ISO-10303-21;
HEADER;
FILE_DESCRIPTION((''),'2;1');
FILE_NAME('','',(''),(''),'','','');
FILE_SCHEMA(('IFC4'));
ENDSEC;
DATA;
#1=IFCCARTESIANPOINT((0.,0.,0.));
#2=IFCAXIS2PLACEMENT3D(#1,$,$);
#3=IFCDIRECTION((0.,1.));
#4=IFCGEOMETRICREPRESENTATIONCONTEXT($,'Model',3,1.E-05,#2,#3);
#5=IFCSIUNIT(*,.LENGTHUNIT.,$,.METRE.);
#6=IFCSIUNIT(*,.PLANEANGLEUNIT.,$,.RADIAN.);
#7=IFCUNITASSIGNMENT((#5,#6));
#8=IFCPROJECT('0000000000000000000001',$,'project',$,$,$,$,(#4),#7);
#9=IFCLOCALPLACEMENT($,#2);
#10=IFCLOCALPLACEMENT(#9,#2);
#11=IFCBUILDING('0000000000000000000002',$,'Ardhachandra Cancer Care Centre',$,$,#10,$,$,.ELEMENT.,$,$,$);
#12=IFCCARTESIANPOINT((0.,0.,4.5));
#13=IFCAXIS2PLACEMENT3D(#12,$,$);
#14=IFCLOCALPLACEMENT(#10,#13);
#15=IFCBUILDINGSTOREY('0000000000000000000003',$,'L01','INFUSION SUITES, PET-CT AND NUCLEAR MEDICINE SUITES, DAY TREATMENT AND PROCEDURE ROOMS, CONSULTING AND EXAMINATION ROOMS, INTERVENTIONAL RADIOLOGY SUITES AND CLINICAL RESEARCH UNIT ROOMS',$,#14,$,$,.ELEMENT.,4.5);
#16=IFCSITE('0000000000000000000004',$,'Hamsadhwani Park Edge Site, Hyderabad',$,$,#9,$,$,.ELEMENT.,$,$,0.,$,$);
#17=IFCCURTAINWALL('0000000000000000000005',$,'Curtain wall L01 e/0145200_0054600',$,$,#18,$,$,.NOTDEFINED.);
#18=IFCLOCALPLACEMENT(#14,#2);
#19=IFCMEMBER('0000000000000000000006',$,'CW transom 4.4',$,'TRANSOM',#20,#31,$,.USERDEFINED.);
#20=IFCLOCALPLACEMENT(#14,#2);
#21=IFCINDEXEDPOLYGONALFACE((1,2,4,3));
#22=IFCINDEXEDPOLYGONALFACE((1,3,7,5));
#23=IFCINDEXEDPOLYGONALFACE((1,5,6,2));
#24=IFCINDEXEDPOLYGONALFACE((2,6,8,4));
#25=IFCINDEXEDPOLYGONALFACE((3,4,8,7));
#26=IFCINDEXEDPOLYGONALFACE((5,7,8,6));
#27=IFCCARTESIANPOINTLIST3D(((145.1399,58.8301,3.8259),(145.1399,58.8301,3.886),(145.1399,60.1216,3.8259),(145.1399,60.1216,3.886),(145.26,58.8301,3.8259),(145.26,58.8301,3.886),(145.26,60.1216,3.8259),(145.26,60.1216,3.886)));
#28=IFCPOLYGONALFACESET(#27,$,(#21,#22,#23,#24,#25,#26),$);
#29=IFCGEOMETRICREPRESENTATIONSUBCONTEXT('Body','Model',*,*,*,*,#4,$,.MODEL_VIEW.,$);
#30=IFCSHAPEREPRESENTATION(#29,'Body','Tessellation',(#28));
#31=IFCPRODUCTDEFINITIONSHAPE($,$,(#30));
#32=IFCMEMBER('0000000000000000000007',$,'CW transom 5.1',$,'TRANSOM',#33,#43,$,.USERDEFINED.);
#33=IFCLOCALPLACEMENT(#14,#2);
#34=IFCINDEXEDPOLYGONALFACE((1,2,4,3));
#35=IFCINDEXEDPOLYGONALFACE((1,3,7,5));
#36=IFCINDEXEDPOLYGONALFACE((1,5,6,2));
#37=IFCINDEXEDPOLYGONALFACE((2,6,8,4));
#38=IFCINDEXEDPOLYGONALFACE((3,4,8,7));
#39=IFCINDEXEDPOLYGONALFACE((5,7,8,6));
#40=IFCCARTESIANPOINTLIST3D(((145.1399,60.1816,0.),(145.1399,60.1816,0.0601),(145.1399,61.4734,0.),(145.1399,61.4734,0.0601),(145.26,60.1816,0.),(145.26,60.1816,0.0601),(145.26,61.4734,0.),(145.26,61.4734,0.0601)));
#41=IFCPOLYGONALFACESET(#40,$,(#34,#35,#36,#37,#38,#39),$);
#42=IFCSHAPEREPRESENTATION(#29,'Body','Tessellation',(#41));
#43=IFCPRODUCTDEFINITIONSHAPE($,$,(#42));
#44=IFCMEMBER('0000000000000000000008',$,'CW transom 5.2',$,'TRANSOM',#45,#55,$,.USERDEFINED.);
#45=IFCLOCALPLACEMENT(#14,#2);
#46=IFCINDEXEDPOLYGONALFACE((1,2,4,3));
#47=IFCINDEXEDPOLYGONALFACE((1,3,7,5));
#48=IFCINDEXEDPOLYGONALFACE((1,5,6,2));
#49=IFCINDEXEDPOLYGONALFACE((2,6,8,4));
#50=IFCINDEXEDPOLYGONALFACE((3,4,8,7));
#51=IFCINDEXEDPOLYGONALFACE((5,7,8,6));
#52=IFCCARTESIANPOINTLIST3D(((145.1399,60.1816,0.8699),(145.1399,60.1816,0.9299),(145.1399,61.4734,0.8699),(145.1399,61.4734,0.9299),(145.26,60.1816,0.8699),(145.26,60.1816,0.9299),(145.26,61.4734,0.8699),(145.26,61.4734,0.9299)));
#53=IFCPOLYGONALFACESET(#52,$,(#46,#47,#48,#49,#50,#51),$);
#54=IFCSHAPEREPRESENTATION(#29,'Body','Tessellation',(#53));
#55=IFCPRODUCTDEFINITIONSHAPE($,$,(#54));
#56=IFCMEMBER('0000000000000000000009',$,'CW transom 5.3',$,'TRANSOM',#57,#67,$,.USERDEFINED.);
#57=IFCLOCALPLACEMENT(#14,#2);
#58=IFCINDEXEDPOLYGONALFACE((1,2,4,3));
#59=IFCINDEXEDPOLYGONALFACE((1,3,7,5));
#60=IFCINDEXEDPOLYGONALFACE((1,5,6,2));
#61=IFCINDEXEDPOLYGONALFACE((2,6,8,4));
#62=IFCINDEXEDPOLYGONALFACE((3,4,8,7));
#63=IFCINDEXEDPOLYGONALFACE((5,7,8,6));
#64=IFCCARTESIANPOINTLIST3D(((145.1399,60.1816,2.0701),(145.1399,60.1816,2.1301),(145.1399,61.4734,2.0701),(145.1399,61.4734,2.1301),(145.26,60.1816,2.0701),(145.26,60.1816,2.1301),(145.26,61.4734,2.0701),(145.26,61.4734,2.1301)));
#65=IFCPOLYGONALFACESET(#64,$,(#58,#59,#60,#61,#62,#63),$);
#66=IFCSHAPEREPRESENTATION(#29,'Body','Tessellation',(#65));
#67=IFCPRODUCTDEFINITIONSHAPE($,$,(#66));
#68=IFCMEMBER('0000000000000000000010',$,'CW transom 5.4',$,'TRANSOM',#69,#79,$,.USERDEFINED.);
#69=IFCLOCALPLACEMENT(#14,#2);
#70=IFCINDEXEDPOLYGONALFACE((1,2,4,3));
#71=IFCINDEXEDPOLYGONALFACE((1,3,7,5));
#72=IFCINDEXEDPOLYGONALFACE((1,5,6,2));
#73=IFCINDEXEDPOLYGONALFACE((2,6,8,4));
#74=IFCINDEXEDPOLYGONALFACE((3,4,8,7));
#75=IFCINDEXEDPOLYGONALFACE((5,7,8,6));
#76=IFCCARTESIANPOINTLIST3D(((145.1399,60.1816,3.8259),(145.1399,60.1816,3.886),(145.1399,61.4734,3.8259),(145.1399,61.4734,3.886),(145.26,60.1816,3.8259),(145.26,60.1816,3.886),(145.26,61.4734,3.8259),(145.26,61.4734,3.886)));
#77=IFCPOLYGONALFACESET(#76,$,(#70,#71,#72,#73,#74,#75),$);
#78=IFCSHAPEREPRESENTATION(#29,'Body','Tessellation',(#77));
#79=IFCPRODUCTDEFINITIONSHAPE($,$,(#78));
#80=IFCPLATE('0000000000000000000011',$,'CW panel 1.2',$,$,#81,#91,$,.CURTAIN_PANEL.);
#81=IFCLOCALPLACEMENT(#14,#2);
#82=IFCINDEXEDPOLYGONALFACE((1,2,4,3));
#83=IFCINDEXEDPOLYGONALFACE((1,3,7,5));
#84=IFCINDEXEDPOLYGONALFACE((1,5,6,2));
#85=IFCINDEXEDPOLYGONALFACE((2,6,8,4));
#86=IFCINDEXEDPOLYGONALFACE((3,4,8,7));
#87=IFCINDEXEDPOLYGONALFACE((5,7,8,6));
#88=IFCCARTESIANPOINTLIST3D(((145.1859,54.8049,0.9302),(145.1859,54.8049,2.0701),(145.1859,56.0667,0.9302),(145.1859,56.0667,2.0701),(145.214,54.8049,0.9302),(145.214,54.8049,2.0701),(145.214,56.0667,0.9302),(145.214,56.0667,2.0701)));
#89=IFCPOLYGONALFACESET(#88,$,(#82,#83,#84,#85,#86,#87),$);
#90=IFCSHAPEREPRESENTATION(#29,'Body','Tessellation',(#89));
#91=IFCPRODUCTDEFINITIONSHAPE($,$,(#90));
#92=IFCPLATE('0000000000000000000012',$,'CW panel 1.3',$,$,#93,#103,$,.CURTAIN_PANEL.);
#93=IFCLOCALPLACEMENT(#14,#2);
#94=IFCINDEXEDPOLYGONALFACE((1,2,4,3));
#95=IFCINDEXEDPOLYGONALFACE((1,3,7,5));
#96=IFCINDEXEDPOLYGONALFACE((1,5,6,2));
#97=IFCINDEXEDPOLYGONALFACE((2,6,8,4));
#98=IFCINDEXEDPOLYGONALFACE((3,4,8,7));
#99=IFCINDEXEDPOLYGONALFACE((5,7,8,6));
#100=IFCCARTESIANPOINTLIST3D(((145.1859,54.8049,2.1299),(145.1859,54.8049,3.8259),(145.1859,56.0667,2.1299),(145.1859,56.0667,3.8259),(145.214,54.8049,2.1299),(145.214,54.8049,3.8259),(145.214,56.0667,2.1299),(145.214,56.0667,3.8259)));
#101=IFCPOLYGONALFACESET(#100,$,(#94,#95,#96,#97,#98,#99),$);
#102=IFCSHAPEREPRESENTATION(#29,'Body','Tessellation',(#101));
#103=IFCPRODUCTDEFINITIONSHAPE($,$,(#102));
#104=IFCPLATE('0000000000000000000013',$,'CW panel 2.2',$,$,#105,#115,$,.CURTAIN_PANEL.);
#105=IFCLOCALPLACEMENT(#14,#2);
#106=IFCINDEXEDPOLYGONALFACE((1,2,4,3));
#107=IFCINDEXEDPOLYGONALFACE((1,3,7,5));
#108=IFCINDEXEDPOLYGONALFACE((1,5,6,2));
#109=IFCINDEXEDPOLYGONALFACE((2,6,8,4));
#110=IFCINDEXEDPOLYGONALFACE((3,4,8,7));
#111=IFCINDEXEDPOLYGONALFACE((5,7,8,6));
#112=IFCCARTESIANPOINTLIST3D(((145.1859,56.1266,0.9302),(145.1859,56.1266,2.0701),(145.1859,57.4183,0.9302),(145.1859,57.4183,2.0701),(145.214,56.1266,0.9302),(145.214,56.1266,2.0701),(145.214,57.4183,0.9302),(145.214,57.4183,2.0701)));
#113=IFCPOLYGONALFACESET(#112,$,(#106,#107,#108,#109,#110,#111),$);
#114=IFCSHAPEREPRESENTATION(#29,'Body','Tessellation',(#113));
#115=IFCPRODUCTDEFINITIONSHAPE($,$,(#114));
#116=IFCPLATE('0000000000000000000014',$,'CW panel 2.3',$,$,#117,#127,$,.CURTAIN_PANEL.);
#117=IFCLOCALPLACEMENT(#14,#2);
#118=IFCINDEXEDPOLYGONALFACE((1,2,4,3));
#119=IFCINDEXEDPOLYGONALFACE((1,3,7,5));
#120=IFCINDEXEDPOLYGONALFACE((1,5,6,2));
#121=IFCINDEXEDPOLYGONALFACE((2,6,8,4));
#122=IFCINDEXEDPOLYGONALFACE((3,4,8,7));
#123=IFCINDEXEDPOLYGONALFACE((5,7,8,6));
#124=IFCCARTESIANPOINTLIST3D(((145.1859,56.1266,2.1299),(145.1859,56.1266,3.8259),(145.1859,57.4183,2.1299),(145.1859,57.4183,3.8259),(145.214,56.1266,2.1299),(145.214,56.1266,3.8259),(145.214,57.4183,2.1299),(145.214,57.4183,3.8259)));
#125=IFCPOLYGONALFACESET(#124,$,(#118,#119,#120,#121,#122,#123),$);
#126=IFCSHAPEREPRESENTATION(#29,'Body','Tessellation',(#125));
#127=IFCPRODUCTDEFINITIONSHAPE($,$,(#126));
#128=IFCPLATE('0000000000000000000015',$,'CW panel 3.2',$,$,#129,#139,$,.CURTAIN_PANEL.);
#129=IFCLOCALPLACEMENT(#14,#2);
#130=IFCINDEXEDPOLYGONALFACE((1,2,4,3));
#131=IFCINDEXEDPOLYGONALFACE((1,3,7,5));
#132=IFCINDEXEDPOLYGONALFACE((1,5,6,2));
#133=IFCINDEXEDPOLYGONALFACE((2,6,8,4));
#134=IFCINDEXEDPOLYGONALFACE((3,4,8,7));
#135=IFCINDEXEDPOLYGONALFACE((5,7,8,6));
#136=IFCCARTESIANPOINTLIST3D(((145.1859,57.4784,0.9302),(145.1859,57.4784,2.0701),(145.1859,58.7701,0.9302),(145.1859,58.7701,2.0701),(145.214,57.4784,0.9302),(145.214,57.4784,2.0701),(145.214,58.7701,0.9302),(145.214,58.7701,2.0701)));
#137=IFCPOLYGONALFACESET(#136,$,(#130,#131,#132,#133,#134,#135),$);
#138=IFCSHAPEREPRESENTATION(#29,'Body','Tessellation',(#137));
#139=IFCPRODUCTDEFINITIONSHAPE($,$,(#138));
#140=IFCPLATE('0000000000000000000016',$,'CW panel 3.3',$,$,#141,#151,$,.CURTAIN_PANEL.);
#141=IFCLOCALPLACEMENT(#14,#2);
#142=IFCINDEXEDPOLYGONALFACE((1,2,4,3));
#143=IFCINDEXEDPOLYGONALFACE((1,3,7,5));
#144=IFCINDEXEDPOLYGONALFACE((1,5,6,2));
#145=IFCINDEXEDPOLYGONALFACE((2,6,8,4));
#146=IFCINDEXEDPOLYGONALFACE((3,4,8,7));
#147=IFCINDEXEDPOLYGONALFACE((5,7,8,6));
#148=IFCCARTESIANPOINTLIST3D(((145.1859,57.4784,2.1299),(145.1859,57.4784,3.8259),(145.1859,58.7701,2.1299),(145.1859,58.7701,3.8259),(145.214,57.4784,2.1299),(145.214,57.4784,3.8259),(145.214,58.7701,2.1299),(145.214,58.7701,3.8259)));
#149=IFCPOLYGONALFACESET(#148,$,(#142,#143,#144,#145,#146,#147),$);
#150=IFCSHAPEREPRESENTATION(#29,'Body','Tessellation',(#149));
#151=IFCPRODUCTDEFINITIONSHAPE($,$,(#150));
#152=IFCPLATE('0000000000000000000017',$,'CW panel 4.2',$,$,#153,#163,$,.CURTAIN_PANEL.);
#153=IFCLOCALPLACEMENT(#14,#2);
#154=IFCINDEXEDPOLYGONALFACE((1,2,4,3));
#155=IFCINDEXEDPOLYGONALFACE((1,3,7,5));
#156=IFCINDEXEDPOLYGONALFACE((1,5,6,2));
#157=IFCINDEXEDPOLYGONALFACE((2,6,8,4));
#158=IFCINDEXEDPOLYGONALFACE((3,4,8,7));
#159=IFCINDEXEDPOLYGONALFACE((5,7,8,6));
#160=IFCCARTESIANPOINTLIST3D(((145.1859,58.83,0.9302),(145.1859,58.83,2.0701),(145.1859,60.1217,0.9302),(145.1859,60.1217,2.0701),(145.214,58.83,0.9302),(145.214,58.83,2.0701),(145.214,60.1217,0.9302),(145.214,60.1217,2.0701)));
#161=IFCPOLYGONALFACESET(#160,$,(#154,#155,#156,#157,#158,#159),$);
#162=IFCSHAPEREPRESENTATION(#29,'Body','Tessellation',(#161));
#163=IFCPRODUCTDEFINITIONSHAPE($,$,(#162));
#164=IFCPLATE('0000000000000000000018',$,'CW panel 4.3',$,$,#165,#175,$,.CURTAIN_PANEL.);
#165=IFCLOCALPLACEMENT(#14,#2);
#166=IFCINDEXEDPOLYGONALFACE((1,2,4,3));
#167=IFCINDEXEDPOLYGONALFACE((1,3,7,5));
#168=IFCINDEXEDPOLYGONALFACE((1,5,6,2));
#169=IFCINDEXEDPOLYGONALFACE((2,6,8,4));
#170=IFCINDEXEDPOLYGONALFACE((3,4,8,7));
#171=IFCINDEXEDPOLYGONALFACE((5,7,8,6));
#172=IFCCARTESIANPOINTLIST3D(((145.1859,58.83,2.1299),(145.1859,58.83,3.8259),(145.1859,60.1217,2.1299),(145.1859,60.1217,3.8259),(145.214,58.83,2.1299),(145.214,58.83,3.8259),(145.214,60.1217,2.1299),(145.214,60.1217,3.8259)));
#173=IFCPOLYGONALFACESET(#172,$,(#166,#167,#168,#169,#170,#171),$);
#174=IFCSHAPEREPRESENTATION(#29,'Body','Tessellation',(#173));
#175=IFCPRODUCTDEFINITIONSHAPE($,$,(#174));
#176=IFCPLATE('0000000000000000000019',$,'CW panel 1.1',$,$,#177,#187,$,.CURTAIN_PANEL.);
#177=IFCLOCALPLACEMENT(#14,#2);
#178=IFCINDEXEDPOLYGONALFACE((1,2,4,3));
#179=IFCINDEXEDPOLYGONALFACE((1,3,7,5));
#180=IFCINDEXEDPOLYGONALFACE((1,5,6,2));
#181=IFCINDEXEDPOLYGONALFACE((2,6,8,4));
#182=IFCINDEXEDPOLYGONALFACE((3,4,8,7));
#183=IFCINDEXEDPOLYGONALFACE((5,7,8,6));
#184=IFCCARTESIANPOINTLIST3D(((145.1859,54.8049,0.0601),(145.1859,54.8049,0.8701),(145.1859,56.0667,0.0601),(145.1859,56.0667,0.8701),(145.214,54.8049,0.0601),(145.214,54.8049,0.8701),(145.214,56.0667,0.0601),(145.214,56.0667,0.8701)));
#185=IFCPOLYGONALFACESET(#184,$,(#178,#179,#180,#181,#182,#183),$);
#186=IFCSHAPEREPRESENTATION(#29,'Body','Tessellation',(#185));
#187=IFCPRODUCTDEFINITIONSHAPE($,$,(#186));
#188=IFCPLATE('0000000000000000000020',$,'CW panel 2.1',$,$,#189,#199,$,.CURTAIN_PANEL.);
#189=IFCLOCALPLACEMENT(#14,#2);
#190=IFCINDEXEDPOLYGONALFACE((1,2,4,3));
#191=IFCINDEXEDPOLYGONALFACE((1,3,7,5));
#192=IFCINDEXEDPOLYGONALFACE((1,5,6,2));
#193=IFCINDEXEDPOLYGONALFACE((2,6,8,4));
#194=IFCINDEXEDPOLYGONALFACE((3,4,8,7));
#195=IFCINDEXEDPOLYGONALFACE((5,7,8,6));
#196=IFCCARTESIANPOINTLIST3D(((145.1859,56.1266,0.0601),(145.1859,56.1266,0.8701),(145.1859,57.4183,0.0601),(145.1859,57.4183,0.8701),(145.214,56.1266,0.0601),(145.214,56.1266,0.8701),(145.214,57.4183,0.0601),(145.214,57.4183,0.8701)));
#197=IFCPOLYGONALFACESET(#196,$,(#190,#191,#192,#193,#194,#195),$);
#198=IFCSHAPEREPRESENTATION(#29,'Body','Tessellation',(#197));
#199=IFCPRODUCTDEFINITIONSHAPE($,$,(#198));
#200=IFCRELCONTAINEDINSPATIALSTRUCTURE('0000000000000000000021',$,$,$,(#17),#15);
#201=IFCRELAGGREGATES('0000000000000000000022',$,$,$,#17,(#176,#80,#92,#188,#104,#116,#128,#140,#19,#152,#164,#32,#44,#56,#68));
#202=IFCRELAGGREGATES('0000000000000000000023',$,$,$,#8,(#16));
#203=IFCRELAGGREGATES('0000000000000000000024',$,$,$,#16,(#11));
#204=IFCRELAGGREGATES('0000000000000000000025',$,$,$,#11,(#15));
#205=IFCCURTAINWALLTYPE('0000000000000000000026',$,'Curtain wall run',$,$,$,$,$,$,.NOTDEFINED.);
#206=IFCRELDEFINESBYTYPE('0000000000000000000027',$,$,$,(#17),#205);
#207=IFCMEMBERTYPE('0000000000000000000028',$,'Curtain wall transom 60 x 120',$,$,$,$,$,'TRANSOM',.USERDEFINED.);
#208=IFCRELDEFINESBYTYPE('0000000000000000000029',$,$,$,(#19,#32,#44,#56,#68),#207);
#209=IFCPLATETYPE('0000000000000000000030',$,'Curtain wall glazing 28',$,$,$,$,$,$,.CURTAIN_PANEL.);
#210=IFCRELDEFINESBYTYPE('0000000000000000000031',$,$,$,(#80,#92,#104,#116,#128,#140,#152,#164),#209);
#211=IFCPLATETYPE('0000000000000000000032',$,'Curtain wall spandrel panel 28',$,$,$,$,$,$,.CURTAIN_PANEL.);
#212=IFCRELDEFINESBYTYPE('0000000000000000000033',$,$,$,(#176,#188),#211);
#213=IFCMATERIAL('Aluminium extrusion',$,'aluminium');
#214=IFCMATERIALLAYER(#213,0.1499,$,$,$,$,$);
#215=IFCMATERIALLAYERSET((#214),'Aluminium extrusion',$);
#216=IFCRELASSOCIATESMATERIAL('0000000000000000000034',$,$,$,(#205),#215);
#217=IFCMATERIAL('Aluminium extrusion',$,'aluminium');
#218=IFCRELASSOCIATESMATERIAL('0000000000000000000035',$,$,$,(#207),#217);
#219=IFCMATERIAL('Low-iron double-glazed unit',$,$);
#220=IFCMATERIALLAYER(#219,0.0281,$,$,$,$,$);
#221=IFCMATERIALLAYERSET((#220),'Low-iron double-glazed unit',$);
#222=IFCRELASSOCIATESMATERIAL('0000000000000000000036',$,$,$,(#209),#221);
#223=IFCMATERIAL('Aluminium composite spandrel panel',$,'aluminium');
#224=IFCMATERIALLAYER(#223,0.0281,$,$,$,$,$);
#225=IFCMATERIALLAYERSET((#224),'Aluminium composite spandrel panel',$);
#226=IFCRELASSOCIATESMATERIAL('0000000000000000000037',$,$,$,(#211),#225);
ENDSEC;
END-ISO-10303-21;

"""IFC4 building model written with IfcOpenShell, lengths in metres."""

from ifc_helpers import new_model, si_unit, direction, frame, origin, origin_2d, place, context, subcontext, project, spatial, rectangle, extrude, material, layer, layer_set, material_profile, profile_set, type_object, element, aggregate, save


model = new_model("IFC4")

# Units and contexts
model_context = context("Model", 3, precision=1e-05, world=origin(), true_north=direction((0.0, 1.0)))
body_context = subcontext(model_context, "Body", "Model", "MODEL_VIEW")
ifc_project = project(units=[si_unit("LENGTHUNIT", "METRE"), si_unit("PLANEANGLEUNIT", "RADIAN")], contexts=[model_context])

# Site, building, storey
site_placement = place(None, origin())
site = spatial("IfcSite", under=ifc_project, at=site_placement, Name="Hamsadhwani Park Edge Site, Hyderabad", CompositionType="ELEMENT", RefElevation=0.0)
building_placement = place(site_placement, origin())
building = spatial("IfcBuilding", under=site, at=building_placement, Name="Ardhachandra Cancer Care Centre", CompositionType="ELEMENT")
storey_placement = place(building_placement, frame((0.0, 0.0, 4.5)))
storey = spatial("IfcBuildingStorey", under=building, at=storey_placement, Name="L01", Description="INFUSION SUITES, PET-CT AND NUCLEAR MEDICINE SUITES, DAY TREATMENT AND PROCEDURE ROOMS, CONSULTING AND EXAMINATION ROOMS, INTERVENTIONAL RADIOLOGY SUITES AND CLINICAL RESEARCH UNIT ROOMS", CompositionType="ELEMENT", Elevation=4.5)

# Curtain wall, members, plates
ifc_material_1 = material(Name="Aluminium extrusion", Category="aluminium")
ifc_layer_1 = layer(ifc_material_1, 0.1499)
ifc_layer_set_1 = layer_set([ifc_layer_1], Name="Aluminium extrusion")
curtain_wall_type = type_object("IfcCurtainWallType", Name="Curtain wall run", PredefinedType="NOTDEFINED", material=ifc_layer_set_1)
curtain_wall_placement = place(storey_placement, origin())
curtain_wall = element("IfcCurtainWall", 1, at=curtain_wall_placement, inside=storey, type_object=curtain_wall_type, Name="Curtain wall L01 e/0145200_0054600", PredefinedType="NOTDEFINED")
ifc_material_2 = material(Name="Aluminium extrusion", Category="aluminium")
ifc_material_profile_1 = material_profile(ifc_material_2, rectangle(XDim=0.1201, YDim=0.0601, at=origin_2d()), Name="Curtain wall transom 60 x 120")
ifc_profile_set_1 = profile_set([ifc_material_profile_1], Name="Aluminium extrusion")
member_type_1 = type_object("IfcMemberType", Name="Curtain wall transom 60 x 120", ElementType="TRANSOM", PredefinedType="USERDEFINED", material=ifc_profile_set_1)
member_1_placement = place(storey_placement, frame((145.2, 58.8301, 3.856), z_axis=(0.0, 1.0, 0.0), x_axis=(-1.0, 0.0, 0.0)))
member_1 = element("IfcMember", 2, at=member_1_placement, type_object=member_type_1, Name="CW transom 4.4", ObjectType="TRANSOM", PredefinedType="USERDEFINED", context=body_context, shape_type="SweptSolid", body=[
    extrude(rectangle(XDim=0.1201, YDim=0.0601, at=origin_2d()), origin(), (0.0, 0.0, 1.0), 1.2915),
])
member_2_placement = place(storey_placement, frame((145.2, 60.1816, 0.03), z_axis=(0.0, 1.0, 0.0), x_axis=(-1.0, 0.0, 0.0)))
member_2 = element("IfcMember", 3, at=member_2_placement, type_object=member_type_1, Name="CW transom 5.1", ObjectType="TRANSOM", PredefinedType="USERDEFINED", context=body_context, shape_type="SweptSolid", body=[
    extrude(rectangle(XDim=0.1201, YDim=0.0601, at=origin_2d()), origin(), (0.0, 0.0, 1.0), 1.2917),
])
member_3_placement = place(storey_placement, frame((145.2, 60.1816, 0.8999), z_axis=(0.0, 1.0, 0.0), x_axis=(-1.0, 0.0, 0.0)))
member_3 = element("IfcMember", 4, at=member_3_placement, type_object=member_type_1, Name="CW transom 5.2", ObjectType="TRANSOM", PredefinedType="USERDEFINED", context=body_context, shape_type="SweptSolid", body=[
    extrude(rectangle(XDim=0.1201, YDim=0.0601, at=origin_2d()), origin(), (0.0, 0.0, 1.0), 1.2917),
])
member_4_placement = place(storey_placement, frame((145.2, 60.1816, 2.1001), z_axis=(0.0, 1.0, 0.0), x_axis=(-1.0, 0.0, 0.0)))
member_4 = element("IfcMember", 5, at=member_4_placement, type_object=member_type_1, Name="CW transom 5.3", ObjectType="TRANSOM", PredefinedType="USERDEFINED", context=body_context, shape_type="SweptSolid", body=[
    extrude(rectangle(XDim=0.1201, YDim=0.0601, at=origin_2d()), origin(), (0.0, 0.0, 1.0), 1.2917),
])
member_5_placement = place(storey_placement, frame((145.2, 60.1816, 3.856), z_axis=(0.0, 1.0, 0.0), x_axis=(-1.0, 0.0, 0.0)))
member_5 = element("IfcMember", 6, at=member_5_placement, type_object=member_type_1, Name="CW transom 5.4", ObjectType="TRANSOM", PredefinedType="USERDEFINED", context=body_context, shape_type="SweptSolid", body=[
    extrude(rectangle(XDim=0.1201, YDim=0.0601, at=origin_2d()), origin(), (0.0, 0.0, 1.0), 1.2917),
])
ifc_material_3 = material(Name="Low-iron double-glazed unit")
ifc_layer_2 = layer(ifc_material_3, 0.0281)
ifc_layer_set_2 = layer_set([ifc_layer_2], Name="Low-iron double-glazed unit")
plate_type_1 = type_object("IfcPlateType", Name="Curtain wall glazing 28", PredefinedType="CURTAIN_PANEL", material=ifc_layer_set_2)
plate_1_placement = place(storey_placement, frame((145.2, 55.4358, 0.9302), z_axis=(0.0, 0.0, 1.0), x_axis=(0.0, 1.0, 0.0)))
plate_1 = element("IfcPlate", 7, at=plate_1_placement, type_object=plate_type_1, Name="CW panel 1.2", PredefinedType="CURTAIN_PANEL", context=body_context, shape_type="SweptSolid", body=[
    extrude(rectangle(XDim=1.2617, YDim=0.0281, at=origin_2d()), origin(), (0.0, 0.0, 1.0), 1.1399),
])
plate_2_placement = place(storey_placement, frame((145.2, 55.4358, 2.1299), z_axis=(0.0, 0.0, 1.0), x_axis=(0.0, 1.0, 0.0)))
plate_2 = element("IfcPlate", 8, at=plate_2_placement, type_object=plate_type_1, Name="CW panel 1.3", PredefinedType="CURTAIN_PANEL", context=body_context, shape_type="SweptSolid", body=[
    extrude(rectangle(XDim=1.2617, YDim=0.0281, at=origin_2d()), origin(), (0.0, 0.0, 1.0), 1.696),
])
plate_3_placement = place(storey_placement, frame((145.2, 56.7725, 0.9302), z_axis=(0.0, 0.0, 1.0), x_axis=(0.0, 1.0, 0.0)))
plate_3 = element("IfcPlate", 9, at=plate_3_placement, type_object=plate_type_1, Name="CW panel 2.2", PredefinedType="CURTAIN_PANEL", context=body_context, shape_type="SweptSolid", body=[
    extrude(rectangle(XDim=1.2917, YDim=0.0281, at=origin_2d()), origin(), (0.0, 0.0, 1.0), 1.1399),
])
plate_4_placement = place(storey_placement, frame((145.2, 56.7725, 2.1299), z_axis=(0.0, 0.0, 1.0), x_axis=(0.0, 1.0, 0.0)))
plate_4 = element("IfcPlate", 10, at=plate_4_placement, type_object=plate_type_1, Name="CW panel 2.3", PredefinedType="CURTAIN_PANEL", context=body_context, shape_type="SweptSolid", body=[
    extrude(rectangle(XDim=1.2917, YDim=0.0281, at=origin_2d()), origin(), (0.0, 0.0, 1.0), 1.696),
])
plate_5_placement = place(storey_placement, frame((145.2, 58.1243, 0.9302), z_axis=(0.0, 0.0, 1.0), x_axis=(0.0, 1.0, 0.0)))
plate_5 = element("IfcPlate", 11, at=plate_5_placement, type_object=plate_type_1, Name="CW panel 3.2", PredefinedType="CURTAIN_PANEL", context=body_context, shape_type="SweptSolid", body=[
    extrude(rectangle(XDim=1.2917, YDim=0.0281, at=origin_2d()), origin(), (0.0, 0.0, 1.0), 1.1399),
])
plate_6_placement = place(storey_placement, frame((145.2, 58.1243, 2.1299), z_axis=(0.0, 0.0, 1.0), x_axis=(0.0, 1.0, 0.0)))
plate_6 = element("IfcPlate", 12, at=plate_6_placement, type_object=plate_type_1, Name="CW panel 3.3", PredefinedType="CURTAIN_PANEL", context=body_context, shape_type="SweptSolid", body=[
    extrude(rectangle(XDim=1.2917, YDim=0.0281, at=origin_2d()), origin(), (0.0, 0.0, 1.0), 1.696),
])
plate_7_placement = place(storey_placement, frame((145.2, 59.4758, 0.9302), z_axis=(0.0, 0.0, 1.0), x_axis=(0.0, 1.0, 0.0)))
plate_7 = element("IfcPlate", 13, at=plate_7_placement, type_object=plate_type_1, Name="CW panel 4.2", PredefinedType="CURTAIN_PANEL", context=body_context, shape_type="SweptSolid", body=[
    extrude(rectangle(XDim=1.2917, YDim=0.0281, at=origin_2d()), origin(), (0.0, 0.0, 1.0), 1.1399),
])
plate_8_placement = place(storey_placement, frame((145.2, 59.4758, 2.1299), z_axis=(0.0, 0.0, 1.0), x_axis=(0.0, 1.0, 0.0)))
plate_8 = element("IfcPlate", 14, at=plate_8_placement, type_object=plate_type_1, Name="CW panel 4.3", PredefinedType="CURTAIN_PANEL", context=body_context, shape_type="SweptSolid", body=[
    extrude(rectangle(XDim=1.2917, YDim=0.0281, at=origin_2d()), origin(), (0.0, 0.0, 1.0), 1.696),
])
ifc_material_4 = material(Name="Aluminium composite spandrel panel", Category="aluminium")
ifc_layer_3 = layer(ifc_material_4, 0.0281)
ifc_layer_set_3 = layer_set([ifc_layer_3], Name="Aluminium composite spandrel panel")
plate_type_2 = type_object("IfcPlateType", Name="Curtain wall spandrel panel 28", PredefinedType="CURTAIN_PANEL", material=ifc_layer_set_3)
plate_9_placement = place(storey_placement, frame((145.2, 55.4358, 0.0601), z_axis=(0.0, 0.0, 1.0), x_axis=(0.0, 1.0, 0.0)))
plate_9 = element("IfcPlate", 15, at=plate_9_placement, type_object=plate_type_2, Name="CW panel 1.1", PredefinedType="CURTAIN_PANEL", context=body_context, shape_type="SweptSolid", body=[
    extrude(rectangle(XDim=1.2617, YDim=0.0281, at=origin_2d()), origin(), (0.0, 0.0, 1.0), 0.8101),
])
plate_10_placement = place(storey_placement, frame((145.2, 56.7725, 0.0601), z_axis=(0.0, 0.0, 1.0), x_axis=(0.0, 1.0, 0.0)))
plate_10 = element("IfcPlate", 16, at=plate_10_placement, type_object=plate_type_2, Name="CW panel 2.1", PredefinedType="CURTAIN_PANEL", context=body_context, shape_type="SweptSolid", body=[
    extrude(rectangle(XDim=1.2917, YDim=0.0281, at=origin_2d()), origin(), (0.0, 0.0, 1.0), 0.8101),
])
aggregate(curtain_wall, [plate_9, plate_1, plate_2, plate_10, plate_3, plate_4, plate_5, plate_6, member_1, plate_7, plate_8, member_2, member_3, member_4, member_5])

save(model, "model.ifc")
